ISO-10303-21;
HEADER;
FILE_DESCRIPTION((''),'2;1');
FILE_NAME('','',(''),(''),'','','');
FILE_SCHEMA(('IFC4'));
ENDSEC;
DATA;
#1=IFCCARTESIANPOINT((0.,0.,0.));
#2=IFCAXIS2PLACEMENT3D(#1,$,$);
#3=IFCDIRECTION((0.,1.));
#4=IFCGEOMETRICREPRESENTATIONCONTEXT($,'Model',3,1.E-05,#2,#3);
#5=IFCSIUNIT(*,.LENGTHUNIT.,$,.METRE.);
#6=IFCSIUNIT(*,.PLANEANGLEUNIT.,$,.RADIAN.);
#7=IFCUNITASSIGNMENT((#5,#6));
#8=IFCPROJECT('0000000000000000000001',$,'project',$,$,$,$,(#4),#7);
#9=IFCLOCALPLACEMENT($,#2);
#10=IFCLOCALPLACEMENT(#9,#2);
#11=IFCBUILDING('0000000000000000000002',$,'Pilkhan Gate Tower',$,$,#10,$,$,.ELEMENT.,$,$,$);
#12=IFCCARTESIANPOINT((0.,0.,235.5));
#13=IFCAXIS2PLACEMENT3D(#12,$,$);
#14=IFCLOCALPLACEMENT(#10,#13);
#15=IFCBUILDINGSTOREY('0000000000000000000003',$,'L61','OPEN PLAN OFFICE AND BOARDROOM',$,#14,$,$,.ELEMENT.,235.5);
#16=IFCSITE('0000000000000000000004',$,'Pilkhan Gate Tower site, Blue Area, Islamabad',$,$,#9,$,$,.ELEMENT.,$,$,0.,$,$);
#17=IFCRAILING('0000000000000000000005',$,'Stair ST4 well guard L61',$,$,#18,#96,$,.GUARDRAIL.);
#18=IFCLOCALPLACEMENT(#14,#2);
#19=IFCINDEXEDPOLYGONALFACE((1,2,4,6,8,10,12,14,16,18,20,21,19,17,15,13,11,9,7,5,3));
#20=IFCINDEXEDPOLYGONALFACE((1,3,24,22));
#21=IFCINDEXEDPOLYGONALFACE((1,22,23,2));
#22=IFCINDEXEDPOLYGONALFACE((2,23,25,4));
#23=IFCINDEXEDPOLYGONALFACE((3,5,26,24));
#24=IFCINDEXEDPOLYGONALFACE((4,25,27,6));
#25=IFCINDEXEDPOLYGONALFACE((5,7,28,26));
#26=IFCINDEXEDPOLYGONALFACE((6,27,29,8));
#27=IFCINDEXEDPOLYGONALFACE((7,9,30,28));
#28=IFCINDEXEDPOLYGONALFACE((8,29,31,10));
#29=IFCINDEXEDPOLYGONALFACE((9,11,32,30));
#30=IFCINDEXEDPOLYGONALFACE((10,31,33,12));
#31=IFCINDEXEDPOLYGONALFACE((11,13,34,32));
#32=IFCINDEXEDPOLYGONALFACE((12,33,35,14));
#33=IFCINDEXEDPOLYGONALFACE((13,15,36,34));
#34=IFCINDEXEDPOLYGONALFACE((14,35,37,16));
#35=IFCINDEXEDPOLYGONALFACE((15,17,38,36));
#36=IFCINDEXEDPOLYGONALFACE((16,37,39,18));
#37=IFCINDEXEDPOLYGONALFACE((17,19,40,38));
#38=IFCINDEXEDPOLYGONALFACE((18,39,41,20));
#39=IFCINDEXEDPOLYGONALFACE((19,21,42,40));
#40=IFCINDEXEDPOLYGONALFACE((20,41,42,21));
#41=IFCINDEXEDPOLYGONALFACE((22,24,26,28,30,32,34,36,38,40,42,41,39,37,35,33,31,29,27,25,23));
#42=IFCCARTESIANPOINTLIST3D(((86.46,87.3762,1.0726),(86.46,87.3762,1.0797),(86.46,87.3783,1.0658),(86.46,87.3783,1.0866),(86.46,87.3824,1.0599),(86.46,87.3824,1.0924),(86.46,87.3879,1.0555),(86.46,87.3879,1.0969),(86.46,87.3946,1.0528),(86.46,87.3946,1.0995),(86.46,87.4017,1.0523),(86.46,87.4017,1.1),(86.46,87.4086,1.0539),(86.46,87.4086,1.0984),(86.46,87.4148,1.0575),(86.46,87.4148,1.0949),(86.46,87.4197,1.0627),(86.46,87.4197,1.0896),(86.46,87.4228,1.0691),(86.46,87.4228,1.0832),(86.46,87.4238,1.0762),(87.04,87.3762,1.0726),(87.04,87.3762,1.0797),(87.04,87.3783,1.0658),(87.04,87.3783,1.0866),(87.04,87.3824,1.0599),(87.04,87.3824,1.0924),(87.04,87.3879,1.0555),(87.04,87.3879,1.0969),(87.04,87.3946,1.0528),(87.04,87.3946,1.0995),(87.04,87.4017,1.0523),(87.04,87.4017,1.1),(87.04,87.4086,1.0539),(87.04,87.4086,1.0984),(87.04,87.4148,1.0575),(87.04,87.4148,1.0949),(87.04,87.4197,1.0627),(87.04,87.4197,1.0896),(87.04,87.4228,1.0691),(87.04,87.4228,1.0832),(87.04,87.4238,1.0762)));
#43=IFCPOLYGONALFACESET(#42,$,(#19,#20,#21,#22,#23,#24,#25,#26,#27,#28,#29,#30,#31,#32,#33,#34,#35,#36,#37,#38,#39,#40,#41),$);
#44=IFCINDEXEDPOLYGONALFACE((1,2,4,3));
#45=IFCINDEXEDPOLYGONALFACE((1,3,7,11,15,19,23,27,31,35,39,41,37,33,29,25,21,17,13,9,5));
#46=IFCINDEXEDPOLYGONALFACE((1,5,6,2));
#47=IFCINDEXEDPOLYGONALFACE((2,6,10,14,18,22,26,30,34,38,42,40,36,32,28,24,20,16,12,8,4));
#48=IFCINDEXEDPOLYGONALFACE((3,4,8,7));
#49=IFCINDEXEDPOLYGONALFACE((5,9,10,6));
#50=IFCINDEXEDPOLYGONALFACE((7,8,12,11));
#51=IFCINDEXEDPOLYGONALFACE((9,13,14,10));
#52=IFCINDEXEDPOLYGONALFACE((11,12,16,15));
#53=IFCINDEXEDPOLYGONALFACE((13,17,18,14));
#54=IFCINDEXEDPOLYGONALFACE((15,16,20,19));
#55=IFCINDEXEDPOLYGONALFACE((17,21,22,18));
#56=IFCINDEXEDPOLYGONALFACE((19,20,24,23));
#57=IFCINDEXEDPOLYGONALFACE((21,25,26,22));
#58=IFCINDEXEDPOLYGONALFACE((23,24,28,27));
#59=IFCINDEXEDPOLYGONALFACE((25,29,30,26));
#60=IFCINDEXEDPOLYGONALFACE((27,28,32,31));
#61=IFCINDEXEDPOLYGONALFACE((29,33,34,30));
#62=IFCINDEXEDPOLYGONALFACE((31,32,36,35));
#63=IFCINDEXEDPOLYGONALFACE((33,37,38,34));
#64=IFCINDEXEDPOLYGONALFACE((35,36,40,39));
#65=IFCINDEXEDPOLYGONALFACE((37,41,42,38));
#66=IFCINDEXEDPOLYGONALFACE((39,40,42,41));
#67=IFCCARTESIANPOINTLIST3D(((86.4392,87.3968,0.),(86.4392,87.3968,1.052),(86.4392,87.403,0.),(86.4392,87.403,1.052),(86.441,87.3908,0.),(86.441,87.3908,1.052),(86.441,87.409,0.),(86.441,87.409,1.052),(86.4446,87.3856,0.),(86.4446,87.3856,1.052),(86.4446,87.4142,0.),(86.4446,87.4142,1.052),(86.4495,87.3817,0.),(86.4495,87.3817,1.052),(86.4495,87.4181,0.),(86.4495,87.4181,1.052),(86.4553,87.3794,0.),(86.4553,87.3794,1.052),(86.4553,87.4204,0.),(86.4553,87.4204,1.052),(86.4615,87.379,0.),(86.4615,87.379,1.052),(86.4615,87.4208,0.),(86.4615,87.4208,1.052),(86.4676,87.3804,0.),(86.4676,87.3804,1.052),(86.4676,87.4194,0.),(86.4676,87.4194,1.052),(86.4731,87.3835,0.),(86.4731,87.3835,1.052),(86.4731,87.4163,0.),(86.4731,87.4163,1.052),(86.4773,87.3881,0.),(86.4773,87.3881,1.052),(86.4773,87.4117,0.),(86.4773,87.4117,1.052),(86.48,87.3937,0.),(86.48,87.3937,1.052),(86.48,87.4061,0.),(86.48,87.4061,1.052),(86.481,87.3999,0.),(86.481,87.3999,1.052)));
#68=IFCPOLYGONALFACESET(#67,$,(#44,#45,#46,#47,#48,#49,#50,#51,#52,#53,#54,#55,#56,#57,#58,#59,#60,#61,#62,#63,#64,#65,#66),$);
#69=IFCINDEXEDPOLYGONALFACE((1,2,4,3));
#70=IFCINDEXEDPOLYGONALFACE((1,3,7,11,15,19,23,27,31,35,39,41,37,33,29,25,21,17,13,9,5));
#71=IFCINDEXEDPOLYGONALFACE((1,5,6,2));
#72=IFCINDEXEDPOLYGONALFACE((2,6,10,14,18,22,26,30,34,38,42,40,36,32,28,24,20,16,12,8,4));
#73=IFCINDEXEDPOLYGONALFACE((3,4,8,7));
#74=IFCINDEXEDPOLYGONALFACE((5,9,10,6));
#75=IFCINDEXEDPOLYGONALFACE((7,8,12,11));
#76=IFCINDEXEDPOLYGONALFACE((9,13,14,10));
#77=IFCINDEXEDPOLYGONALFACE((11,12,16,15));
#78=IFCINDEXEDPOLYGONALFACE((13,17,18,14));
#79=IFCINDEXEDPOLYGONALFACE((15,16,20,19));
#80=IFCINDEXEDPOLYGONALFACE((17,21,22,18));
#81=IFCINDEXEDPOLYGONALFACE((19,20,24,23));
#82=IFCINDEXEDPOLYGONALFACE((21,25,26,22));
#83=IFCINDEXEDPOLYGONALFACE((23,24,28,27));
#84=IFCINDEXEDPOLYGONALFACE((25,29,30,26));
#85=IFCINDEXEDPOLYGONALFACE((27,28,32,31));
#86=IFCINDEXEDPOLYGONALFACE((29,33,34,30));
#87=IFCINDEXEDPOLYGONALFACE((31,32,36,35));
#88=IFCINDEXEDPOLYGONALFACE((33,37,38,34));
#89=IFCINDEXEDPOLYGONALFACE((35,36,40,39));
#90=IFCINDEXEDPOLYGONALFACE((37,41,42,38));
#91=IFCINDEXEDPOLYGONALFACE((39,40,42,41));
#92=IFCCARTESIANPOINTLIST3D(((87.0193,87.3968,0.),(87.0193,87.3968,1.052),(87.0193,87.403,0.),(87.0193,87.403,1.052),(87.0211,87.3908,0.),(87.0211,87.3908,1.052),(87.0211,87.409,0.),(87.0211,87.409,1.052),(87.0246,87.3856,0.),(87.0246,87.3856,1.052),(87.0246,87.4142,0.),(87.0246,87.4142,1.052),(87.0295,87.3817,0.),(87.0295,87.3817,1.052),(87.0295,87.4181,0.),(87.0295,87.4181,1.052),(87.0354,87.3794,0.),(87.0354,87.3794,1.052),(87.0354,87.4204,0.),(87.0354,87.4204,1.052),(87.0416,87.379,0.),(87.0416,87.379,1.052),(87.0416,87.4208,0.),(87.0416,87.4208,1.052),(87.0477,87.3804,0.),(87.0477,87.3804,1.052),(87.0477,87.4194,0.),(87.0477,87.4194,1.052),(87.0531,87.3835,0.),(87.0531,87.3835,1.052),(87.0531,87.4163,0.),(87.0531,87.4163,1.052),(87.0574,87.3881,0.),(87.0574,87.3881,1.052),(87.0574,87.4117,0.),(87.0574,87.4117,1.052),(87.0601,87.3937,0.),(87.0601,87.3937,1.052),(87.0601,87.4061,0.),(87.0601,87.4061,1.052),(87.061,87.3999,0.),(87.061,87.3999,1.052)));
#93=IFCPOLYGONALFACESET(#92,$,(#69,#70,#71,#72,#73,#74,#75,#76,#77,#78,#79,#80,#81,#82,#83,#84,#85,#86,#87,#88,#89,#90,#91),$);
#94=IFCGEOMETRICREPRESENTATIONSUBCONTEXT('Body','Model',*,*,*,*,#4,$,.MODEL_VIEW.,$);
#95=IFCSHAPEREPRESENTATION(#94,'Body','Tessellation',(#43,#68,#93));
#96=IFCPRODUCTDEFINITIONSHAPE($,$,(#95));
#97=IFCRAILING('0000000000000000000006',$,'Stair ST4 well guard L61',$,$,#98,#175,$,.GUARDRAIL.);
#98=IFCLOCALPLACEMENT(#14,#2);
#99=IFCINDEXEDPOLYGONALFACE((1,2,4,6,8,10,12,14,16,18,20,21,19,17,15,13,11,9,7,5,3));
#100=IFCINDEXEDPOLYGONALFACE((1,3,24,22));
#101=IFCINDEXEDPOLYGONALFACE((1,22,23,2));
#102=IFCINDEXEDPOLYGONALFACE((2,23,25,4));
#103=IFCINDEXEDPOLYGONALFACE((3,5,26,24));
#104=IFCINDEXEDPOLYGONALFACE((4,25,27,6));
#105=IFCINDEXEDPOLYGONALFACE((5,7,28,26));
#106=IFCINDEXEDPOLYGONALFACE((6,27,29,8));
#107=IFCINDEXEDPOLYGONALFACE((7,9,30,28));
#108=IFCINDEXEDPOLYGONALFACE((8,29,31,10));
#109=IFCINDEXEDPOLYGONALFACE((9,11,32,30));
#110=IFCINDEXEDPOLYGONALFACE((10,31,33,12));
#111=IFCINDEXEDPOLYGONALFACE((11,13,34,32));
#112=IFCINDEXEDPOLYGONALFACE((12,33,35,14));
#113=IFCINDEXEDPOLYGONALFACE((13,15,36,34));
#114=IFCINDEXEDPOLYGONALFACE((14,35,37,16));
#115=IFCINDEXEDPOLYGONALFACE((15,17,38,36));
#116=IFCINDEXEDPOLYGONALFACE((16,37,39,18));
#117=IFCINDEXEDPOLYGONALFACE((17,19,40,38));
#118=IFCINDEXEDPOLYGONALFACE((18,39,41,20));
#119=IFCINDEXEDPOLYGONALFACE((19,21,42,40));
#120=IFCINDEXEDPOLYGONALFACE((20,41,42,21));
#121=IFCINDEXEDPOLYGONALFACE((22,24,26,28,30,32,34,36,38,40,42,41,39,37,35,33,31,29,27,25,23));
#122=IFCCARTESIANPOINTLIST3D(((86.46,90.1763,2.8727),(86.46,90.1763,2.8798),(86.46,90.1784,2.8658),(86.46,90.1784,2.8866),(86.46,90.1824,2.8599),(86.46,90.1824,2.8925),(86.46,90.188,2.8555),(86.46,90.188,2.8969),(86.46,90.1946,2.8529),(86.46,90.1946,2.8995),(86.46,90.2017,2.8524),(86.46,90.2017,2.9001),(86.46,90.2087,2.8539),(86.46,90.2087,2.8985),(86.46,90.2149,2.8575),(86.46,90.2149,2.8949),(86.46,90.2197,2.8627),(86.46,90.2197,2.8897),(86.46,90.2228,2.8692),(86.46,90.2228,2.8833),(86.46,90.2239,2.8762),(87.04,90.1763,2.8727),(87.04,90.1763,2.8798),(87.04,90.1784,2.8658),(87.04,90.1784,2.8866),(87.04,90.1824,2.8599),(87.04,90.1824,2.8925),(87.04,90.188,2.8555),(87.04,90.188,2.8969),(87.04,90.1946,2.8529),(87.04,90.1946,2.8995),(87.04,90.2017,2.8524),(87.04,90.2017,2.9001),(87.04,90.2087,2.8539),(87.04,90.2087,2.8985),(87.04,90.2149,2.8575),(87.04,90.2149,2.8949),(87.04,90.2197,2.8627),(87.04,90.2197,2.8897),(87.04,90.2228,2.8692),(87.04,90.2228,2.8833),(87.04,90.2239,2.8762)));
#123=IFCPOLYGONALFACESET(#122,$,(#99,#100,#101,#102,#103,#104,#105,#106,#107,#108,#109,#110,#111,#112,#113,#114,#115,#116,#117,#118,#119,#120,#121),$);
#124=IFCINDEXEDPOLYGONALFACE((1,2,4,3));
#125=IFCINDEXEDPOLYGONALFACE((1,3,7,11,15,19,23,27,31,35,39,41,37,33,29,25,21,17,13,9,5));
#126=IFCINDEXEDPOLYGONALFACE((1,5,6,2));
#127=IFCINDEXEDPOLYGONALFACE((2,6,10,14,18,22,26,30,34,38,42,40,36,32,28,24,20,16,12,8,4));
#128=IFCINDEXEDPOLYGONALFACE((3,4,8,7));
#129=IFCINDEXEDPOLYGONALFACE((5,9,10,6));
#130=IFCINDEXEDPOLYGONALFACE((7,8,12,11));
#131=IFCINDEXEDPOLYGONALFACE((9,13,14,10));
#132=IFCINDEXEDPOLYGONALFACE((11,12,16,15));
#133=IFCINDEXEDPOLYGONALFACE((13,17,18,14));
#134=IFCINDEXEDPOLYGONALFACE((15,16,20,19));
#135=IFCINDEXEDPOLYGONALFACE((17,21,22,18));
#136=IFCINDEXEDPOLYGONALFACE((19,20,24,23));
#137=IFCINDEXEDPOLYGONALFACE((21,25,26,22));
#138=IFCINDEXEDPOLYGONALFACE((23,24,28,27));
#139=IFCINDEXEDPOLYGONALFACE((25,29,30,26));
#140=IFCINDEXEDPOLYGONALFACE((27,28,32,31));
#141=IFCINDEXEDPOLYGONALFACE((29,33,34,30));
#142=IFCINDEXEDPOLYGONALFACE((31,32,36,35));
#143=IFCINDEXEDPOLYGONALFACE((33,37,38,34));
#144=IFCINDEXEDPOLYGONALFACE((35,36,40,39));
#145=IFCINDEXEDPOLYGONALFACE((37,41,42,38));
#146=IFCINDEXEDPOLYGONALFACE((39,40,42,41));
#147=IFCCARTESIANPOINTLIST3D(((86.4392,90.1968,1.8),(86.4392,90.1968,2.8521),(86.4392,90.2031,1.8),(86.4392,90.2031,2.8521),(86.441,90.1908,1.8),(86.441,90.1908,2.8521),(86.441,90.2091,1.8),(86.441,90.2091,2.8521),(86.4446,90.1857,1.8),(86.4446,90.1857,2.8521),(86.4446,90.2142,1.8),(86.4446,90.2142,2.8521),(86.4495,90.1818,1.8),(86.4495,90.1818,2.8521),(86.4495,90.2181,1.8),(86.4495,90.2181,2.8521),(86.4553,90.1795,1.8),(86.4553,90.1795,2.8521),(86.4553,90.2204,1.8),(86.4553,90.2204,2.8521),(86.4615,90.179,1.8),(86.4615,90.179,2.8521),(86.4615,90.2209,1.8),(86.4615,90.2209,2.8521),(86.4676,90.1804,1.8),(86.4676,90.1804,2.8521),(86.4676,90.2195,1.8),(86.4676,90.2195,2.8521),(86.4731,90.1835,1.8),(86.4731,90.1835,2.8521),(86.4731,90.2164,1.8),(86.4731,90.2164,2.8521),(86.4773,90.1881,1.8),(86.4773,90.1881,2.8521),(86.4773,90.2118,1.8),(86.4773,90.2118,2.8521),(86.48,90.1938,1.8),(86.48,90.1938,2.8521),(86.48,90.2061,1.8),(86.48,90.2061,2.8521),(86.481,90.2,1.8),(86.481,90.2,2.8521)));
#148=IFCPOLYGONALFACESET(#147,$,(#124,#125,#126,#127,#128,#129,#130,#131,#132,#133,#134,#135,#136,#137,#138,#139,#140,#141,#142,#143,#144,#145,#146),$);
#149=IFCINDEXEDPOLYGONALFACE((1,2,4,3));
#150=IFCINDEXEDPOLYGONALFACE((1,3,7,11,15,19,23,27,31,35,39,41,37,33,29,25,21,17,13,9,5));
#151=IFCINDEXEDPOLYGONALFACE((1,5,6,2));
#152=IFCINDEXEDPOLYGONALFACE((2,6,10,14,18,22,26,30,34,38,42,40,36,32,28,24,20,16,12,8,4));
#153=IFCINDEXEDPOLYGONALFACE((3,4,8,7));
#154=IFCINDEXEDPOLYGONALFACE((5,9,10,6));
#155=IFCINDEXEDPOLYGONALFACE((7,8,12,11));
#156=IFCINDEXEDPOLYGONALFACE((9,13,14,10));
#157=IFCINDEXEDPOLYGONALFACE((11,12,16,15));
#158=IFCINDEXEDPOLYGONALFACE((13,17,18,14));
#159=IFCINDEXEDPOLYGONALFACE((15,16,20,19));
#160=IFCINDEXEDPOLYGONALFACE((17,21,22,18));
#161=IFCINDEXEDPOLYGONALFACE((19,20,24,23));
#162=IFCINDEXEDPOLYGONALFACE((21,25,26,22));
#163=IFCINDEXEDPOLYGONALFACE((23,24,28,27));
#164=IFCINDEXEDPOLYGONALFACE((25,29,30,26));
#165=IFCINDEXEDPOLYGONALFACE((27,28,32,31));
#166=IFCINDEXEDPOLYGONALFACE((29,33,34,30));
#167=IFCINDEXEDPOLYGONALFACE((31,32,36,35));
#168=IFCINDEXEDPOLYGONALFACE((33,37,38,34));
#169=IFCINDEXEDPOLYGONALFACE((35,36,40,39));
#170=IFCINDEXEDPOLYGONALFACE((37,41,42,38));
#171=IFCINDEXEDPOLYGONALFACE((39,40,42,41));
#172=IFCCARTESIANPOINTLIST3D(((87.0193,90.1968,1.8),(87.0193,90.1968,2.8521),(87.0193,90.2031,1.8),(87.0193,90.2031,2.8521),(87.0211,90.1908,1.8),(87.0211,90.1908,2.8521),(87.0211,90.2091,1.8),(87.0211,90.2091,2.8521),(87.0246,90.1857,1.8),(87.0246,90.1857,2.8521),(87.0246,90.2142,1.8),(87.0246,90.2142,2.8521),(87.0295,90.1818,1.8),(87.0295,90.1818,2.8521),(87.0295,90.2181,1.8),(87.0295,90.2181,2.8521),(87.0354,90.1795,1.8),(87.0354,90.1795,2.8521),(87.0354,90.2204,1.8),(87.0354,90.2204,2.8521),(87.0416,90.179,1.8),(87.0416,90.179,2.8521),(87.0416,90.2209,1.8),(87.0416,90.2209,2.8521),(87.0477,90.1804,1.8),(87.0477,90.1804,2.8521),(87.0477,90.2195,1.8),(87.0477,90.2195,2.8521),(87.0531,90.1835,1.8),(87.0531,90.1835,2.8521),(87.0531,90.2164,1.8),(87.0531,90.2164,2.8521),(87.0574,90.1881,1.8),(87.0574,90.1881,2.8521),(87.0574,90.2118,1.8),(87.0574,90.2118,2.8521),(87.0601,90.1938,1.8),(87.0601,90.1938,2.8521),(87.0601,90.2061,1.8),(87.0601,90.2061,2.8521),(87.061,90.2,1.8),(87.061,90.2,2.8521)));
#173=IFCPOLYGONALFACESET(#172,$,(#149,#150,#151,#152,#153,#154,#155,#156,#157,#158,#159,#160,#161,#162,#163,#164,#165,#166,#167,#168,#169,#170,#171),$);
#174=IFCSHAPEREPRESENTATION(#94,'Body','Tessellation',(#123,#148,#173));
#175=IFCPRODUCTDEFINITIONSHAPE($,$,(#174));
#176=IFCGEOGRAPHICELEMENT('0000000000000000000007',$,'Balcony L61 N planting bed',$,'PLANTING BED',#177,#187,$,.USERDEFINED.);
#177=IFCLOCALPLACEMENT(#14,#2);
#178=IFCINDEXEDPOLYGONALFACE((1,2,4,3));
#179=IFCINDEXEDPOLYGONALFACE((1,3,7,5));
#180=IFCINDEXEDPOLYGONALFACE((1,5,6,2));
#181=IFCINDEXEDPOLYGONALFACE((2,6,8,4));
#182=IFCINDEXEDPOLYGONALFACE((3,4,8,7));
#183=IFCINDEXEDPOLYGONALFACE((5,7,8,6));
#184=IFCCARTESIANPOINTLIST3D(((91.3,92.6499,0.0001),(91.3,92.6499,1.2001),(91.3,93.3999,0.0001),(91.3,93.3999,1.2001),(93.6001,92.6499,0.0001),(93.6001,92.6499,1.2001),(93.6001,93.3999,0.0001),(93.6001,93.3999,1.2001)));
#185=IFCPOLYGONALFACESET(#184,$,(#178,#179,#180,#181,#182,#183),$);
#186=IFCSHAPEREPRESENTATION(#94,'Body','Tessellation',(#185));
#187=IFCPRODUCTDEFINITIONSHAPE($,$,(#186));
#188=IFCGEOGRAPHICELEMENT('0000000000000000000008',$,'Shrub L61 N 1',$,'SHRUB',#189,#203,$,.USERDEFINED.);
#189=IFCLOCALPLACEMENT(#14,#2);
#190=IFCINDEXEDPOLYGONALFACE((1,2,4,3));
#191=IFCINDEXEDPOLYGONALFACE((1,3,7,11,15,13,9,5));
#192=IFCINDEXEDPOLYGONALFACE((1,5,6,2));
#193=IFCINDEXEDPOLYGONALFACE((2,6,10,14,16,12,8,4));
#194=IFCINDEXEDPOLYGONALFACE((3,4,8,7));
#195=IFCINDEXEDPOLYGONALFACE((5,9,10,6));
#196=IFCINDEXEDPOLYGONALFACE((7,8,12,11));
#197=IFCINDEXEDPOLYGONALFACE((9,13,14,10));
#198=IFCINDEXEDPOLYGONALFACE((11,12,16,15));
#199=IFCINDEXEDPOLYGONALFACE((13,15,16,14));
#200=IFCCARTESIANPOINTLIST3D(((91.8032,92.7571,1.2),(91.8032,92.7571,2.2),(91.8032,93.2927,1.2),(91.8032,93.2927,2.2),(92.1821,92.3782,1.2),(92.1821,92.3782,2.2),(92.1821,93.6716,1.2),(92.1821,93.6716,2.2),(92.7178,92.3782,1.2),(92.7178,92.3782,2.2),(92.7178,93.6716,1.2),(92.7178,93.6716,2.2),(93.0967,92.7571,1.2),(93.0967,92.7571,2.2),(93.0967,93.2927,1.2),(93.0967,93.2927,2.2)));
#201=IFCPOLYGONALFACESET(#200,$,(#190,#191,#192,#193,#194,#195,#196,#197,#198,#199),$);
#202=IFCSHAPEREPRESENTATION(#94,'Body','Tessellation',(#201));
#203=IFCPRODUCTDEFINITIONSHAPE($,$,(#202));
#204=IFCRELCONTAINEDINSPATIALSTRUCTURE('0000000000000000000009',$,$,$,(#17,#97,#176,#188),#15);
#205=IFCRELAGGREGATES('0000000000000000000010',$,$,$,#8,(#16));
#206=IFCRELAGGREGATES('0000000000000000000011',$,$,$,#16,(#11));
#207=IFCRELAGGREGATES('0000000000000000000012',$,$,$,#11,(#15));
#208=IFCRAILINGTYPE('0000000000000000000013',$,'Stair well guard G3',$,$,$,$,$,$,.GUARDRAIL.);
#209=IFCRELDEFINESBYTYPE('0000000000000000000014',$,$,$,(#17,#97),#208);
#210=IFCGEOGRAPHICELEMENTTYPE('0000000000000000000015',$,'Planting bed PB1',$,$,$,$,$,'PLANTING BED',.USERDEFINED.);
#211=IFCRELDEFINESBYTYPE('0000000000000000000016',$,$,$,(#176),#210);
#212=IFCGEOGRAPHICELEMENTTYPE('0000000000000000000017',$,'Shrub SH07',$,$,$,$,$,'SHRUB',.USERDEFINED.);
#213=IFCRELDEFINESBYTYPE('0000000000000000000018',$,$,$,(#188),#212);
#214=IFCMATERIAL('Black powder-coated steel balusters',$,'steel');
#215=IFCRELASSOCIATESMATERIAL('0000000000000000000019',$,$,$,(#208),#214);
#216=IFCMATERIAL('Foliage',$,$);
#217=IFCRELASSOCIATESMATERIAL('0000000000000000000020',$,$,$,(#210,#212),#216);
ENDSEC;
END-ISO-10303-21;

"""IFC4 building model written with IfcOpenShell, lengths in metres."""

from ifc_helpers import new_model, si_unit, direction, frame, origin, origin_2d, place, context, subcontext, project, spatial, polyline, rectangle, circle, outline, extrude, material, material_profile, profile_set, type_object, element, save


model = new_model("IFC4")

# Units and contexts
model_context = context("Model", 3, precision=1e-05, world=origin(), true_north=direction((0.0, 1.0)))
body_context = subcontext(model_context, "Body", "Model", "MODEL_VIEW")
ifc_project = project(units=[si_unit("LENGTHUNIT", "METRE"), si_unit("PLANEANGLEUNIT", "RADIAN")], contexts=[model_context])

# Site, building, storey
site_placement = place(None, origin())
site = spatial("IfcSite", under=ifc_project, at=site_placement, Name="Pilkhan Gate Tower site, Blue Area, Islamabad", CompositionType="ELEMENT", RefElevation=0.0)
building_placement = place(site_placement, origin())
building = spatial("IfcBuilding", under=site, at=building_placement, Name="Pilkhan Gate Tower", CompositionType="ELEMENT")
storey_placement = place(building_placement, frame((0.0, 0.0, 235.5)))
storey = spatial("IfcBuildingStorey", under=building, at=storey_placement, Name="L61", Description="OPEN PLAN OFFICE AND BOARDROOM", CompositionType="ELEMENT", Elevation=235.5)

# Railings
ifc_material_1 = material(Name="Black powder-coated steel balusters", Category="steel")
railing_type_1 = type_object("IfcRailingType", Name="Stair well guard G3", PredefinedType="GUARDRAIL", material=ifc_material_1)
for number, where, name in (
    (1, (86.46, 87.3999, 0.0), "Stair ST4 well guard L61"),
    (2, (86.46, 90.2, 1.8), "Stair ST4 well guard L61"),
):
    element("IfcRailing", number, at=place(storey_placement, frame(where)), inside=storey, type_object=railing_type_1, Name=name, PredefinedType="GUARDRAIL", context=body_context, shape_type="SweptSolid", body=[
        extrude(circle(Radius=0.0239, at=origin_2d()), frame((0.0, 0.0, 1.0762), z_axis=(1.0, 0.0, 0.0), x_axis=(0.0, 1.0, 0.0)), (0.0, 0.0, 1.0), 0.5801),
        extrude(circle(Radius=0.021, at=origin_2d()), origin(), (0.0, 0.0, 1.0), 1.052),
        extrude(circle(Radius=0.021, at=origin_2d()), frame((0.5801, 0.0, 0.0)), (0.0, 0.0, 1.0), 1.052),
    ])

# Geographic elements
ifc_material_2 = material(Name="Foliage")
ifc_material_profile_1 = material_profile(ifc_material_2, rectangle(XDim=0.75, YDim=1.2, at=origin_2d()), Name="Bed 750x1200")
ifc_profile_set_1 = profile_set([ifc_material_profile_1], Name="Foliage")
geographic_element_type_1 = type_object("IfcGeographicElementType", Name="Planting bed PB1", ElementType="PLANTING BED", PredefinedType="USERDEFINED", material=ifc_profile_set_1)
geographic_element_1_placement = place(storey_placement, frame((91.3, 93.0249, 0.6001), z_axis=(1.0, 0.0, 0.0), x_axis=(0.0, 1.0, 0.0)))
element("IfcGeographicElement", 3, at=geographic_element_1_placement, inside=storey, type_object=geographic_element_type_1, Name="Balcony L61 N planting bed", ObjectType="PLANTING BED", PredefinedType="USERDEFINED", context=body_context, shape_type="SweptSolid", body=[
    extrude(rectangle(XDim=0.75, YDim=1.2, at=origin_2d()), origin(), (0.0, 0.0, 1.0), 2.3),
])
ifc_material_profile_2 = material_profile(ifc_material_2, outline(polyline([(0.6467, 0.2678), (0.2678, 0.6467), (-0.2678, 0.6467), (-0.6467, 0.2678), (-0.6467, -0.2678), (-0.2678, -0.6467), (0.2678, -0.6467), (0.6467, -0.2678), (0.6467, 0.2678)])), Name="Shrub D1.4")
ifc_profile_set_2 = profile_set([ifc_material_profile_2], Name="Foliage")
geographic_element_type_2 = type_object("IfcGeographicElementType", Name="Shrub SH07", ElementType="SHRUB", PredefinedType="USERDEFINED", material=ifc_profile_set_2)
geographic_element_2_placement = place(storey_placement, frame((92.45, 93.0249, 1.2), z_axis=(0.0, 0.0, 1.0), x_axis=(1.0, 0.0, 0.0)))
element("IfcGeographicElement", 4, at=geographic_element_2_placement, inside=storey, type_object=geographic_element_type_2, Name="Shrub L61 N 1", ObjectType="SHRUB", PredefinedType="USERDEFINED", context=body_context, shape_type="SweptSolid", body=[
    extrude(outline(polyline([(0.6467, 0.2678), (0.2678, 0.6467), (-0.2678, 0.6467), (-0.6467, 0.2678), (-0.6467, -0.2678), (-0.2678, -0.6467), (0.2678, -0.6467), (0.6467, -0.2678), (0.6467, 0.2678)])), origin(), (0.0, 0.0, 1.0), 1.0),
])

save(model, "model.ifc")
